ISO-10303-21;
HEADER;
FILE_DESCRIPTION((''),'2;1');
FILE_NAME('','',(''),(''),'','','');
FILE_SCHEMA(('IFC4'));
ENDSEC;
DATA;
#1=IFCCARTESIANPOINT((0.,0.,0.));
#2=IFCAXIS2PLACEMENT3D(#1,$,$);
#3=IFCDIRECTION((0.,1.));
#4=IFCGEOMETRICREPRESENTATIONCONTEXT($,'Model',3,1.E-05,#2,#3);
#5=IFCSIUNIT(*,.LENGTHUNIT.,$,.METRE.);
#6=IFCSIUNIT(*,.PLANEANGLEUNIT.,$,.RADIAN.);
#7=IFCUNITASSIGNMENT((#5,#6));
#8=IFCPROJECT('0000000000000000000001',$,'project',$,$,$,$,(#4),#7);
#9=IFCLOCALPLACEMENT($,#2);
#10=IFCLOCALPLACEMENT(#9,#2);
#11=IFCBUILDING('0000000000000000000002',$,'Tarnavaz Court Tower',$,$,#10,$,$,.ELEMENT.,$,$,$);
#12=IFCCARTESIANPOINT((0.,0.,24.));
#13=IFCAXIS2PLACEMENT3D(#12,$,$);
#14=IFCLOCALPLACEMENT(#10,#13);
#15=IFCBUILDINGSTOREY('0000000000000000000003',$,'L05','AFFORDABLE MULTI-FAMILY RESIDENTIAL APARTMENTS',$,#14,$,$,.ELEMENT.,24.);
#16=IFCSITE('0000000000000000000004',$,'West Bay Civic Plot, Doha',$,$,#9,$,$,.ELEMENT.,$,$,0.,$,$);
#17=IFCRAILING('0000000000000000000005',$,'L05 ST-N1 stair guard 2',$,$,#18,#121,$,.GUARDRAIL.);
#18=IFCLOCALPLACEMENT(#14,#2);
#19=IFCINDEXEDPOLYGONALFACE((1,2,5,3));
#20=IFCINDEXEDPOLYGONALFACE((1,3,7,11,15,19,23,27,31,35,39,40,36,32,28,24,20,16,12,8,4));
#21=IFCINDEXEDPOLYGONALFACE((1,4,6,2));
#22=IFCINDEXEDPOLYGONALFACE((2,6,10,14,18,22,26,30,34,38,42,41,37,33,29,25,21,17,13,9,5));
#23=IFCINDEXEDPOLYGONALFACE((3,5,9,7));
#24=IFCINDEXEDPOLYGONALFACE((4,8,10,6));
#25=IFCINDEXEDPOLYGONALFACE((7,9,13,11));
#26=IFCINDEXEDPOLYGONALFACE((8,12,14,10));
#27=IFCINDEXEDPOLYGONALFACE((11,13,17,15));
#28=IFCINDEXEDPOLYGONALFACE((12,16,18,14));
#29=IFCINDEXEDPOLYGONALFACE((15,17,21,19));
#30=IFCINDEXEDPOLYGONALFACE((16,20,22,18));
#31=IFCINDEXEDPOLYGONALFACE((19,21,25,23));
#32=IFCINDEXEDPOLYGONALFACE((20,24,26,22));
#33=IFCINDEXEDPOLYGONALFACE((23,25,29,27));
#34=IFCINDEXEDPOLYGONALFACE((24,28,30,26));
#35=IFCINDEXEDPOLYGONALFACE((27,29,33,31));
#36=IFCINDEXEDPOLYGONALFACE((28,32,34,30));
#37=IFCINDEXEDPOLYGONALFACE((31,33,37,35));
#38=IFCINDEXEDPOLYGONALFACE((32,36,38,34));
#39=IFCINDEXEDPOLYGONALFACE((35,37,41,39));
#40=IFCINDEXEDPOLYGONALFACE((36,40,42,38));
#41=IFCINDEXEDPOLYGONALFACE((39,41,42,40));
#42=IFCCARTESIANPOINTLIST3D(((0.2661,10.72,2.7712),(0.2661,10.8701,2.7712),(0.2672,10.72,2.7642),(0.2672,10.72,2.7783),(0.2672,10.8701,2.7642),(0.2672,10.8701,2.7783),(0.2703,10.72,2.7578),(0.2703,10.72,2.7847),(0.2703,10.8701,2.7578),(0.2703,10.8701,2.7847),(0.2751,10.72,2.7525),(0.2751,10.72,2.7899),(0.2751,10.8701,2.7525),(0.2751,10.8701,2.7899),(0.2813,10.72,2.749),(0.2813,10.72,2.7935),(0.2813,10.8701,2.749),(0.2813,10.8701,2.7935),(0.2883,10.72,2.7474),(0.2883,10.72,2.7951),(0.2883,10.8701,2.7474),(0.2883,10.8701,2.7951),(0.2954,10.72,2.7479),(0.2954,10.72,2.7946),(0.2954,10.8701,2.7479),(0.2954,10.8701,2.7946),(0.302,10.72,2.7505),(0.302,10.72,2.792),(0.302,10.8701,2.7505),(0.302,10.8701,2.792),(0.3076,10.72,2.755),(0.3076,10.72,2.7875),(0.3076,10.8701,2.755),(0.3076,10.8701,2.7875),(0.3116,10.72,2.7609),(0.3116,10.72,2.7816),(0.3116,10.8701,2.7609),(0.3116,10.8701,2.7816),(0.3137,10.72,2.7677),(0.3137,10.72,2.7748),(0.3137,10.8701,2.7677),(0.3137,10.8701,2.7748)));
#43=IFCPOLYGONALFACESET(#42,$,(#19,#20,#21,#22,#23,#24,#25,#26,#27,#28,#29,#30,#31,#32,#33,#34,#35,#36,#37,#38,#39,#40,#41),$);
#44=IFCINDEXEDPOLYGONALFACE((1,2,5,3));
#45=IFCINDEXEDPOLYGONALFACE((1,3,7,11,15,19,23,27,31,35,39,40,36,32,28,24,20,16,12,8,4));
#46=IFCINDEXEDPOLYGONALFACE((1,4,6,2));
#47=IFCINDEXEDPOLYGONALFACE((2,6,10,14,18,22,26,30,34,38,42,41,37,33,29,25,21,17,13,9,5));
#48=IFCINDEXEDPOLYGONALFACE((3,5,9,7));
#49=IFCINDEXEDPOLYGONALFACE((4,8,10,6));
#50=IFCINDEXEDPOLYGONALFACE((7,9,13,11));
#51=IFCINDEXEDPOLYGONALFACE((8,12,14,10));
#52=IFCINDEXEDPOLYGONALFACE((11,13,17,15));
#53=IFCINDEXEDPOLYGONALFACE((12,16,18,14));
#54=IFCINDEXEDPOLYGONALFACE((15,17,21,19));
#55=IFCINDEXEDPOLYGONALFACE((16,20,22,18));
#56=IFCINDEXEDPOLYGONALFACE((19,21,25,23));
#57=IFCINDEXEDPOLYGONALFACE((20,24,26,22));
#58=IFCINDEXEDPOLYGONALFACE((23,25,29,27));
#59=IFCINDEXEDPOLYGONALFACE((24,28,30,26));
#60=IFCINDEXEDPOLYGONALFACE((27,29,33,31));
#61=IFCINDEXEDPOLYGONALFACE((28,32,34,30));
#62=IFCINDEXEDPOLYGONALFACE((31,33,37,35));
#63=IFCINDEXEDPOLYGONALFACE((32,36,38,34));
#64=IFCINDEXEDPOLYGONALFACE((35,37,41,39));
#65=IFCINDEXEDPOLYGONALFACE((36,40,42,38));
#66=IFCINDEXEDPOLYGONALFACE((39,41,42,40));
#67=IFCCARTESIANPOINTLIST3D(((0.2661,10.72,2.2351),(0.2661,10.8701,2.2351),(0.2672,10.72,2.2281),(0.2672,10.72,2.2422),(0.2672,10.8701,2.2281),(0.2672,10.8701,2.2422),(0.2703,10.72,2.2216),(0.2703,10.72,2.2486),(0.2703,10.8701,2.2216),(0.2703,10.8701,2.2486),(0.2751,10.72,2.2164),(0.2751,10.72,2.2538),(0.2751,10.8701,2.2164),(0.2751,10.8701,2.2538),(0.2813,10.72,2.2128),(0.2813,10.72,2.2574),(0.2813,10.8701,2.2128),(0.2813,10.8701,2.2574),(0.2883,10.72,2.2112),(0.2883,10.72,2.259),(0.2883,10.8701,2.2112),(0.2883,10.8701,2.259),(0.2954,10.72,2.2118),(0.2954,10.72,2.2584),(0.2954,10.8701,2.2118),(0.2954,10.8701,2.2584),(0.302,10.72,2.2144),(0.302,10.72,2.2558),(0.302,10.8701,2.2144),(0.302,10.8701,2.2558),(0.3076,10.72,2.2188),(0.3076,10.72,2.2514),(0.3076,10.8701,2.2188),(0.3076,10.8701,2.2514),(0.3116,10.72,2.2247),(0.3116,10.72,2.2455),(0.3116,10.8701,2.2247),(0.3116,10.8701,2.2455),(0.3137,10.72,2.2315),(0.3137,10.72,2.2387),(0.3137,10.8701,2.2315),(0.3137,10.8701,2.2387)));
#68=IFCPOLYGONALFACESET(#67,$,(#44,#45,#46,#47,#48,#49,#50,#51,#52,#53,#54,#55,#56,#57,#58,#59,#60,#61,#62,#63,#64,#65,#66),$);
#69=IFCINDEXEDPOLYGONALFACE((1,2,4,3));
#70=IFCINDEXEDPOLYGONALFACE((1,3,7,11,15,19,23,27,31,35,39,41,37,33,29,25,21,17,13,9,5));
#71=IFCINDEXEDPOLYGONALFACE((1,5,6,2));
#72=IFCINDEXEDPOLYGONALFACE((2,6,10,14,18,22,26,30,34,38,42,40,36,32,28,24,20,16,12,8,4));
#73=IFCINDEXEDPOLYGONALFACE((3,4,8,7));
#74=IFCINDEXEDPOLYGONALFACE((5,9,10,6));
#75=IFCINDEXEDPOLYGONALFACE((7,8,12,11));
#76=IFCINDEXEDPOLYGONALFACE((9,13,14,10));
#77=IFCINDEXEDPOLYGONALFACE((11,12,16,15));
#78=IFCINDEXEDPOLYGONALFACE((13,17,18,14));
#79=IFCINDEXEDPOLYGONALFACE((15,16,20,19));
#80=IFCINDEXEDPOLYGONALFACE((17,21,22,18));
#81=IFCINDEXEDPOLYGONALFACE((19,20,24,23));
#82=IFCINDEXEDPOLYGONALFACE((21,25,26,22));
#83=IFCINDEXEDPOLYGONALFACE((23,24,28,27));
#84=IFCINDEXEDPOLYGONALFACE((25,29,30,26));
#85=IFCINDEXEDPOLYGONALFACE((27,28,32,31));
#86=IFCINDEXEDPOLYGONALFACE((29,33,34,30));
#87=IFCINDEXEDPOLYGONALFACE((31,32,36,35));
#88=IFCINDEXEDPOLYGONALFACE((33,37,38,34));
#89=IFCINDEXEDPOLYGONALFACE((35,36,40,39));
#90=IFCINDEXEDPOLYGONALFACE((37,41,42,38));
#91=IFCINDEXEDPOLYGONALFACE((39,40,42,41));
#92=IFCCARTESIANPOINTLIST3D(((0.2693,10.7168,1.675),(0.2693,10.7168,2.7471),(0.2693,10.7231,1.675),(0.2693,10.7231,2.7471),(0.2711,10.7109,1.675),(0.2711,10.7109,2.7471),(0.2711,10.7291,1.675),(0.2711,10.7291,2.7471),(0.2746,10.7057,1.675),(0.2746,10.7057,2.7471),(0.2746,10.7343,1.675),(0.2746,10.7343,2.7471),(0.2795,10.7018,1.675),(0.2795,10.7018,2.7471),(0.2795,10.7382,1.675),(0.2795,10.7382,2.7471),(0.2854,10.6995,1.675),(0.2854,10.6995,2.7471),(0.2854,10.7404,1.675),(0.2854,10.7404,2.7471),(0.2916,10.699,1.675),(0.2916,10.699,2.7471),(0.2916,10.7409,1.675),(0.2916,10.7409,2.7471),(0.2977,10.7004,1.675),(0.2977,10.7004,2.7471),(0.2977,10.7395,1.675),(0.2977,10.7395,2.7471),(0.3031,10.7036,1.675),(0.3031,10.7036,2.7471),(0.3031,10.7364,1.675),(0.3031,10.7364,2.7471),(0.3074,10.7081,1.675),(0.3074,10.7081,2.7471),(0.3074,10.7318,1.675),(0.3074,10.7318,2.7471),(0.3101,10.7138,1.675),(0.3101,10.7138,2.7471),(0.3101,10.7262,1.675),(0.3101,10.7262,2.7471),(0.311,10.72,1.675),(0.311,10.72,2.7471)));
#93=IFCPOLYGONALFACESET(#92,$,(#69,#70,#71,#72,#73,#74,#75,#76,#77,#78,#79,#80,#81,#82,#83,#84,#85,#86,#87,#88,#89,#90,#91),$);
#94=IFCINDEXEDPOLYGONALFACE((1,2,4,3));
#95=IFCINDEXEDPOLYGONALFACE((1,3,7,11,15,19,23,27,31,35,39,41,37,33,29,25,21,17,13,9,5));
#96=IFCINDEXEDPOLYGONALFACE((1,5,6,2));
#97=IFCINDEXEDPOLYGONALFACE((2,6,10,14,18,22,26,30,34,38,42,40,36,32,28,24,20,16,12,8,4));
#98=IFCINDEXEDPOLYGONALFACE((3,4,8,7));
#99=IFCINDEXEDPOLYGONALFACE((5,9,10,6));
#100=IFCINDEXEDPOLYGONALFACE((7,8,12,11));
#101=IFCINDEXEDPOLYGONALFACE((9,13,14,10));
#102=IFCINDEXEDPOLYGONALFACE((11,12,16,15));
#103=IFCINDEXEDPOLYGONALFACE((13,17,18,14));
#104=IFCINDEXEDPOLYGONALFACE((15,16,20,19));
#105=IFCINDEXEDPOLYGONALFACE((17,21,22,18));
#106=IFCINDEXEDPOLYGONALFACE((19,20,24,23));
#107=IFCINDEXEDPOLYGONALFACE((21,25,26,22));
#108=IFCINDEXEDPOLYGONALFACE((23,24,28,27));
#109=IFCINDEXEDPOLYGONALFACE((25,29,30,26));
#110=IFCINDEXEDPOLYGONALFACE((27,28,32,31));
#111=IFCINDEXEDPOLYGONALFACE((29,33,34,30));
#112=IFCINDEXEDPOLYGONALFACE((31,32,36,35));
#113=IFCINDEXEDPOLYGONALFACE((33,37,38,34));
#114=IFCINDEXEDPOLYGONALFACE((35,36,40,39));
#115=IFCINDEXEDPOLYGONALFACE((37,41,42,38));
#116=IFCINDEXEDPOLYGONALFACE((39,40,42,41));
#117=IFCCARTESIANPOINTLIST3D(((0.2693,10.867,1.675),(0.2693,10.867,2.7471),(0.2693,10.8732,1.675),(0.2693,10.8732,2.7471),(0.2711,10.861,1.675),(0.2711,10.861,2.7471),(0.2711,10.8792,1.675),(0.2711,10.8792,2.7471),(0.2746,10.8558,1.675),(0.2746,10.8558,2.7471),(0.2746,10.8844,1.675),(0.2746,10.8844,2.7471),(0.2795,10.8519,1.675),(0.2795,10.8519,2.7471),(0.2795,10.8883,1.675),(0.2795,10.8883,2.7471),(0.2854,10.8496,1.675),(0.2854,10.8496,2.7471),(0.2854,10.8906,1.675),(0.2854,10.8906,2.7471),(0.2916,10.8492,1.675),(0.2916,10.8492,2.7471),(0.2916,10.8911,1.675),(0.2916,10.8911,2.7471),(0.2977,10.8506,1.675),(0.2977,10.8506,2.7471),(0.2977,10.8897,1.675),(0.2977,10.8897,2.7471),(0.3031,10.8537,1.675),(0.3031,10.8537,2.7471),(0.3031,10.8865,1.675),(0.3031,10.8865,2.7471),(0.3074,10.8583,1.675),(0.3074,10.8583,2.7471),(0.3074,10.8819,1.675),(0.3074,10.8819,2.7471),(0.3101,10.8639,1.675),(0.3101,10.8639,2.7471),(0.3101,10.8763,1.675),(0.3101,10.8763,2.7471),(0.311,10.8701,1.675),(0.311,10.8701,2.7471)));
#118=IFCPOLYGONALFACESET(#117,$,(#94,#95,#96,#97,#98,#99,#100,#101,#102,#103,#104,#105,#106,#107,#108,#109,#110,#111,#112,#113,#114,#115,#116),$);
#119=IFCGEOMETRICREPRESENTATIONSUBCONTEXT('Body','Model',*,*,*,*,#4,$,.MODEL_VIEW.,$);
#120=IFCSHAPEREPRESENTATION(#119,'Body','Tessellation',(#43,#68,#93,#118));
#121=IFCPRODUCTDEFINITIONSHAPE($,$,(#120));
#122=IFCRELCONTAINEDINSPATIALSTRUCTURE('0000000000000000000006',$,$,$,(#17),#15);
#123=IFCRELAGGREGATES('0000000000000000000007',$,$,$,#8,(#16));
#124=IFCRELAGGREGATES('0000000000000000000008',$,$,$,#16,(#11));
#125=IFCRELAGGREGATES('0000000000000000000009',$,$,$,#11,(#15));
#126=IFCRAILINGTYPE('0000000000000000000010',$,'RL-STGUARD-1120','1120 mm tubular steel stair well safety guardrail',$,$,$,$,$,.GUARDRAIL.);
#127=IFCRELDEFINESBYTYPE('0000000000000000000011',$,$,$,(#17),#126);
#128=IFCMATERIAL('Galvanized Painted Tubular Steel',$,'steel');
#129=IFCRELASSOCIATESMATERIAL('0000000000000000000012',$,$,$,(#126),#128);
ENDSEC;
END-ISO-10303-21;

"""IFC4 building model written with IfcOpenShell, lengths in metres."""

from ifc_helpers import new_model, si_unit, direction, frame, origin, origin_2d, place, context, subcontext, project, spatial, circle, extrude, material, type_object, element, save


model = new_model("IFC4")

# Units and contexts
model_context = context("Model", 3, precision=1e-05, world=origin(), true_north=direction((0.0, 1.0)))
body_context = subcontext(model_context, "Body", "Model", "MODEL_VIEW")
ifc_project = project(units=[si_unit("LENGTHUNIT", "METRE"), si_unit("PLANEANGLEUNIT", "RADIAN")], contexts=[model_context])

# Site, building, storey
site_placement = place(None, origin())
site = spatial("IfcSite", under=ifc_project, at=site_placement, Name="West Bay Civic Plot, Doha", CompositionType="ELEMENT", RefElevation=0.0)
building_placement = place(site_placement, origin())
building = spatial("IfcBuilding", under=site, at=building_placement, Name="Tarnavaz Court Tower", CompositionType="ELEMENT")
storey_placement = place(building_placement, frame((0.0, 0.0, 24.0)))
storey = spatial("IfcBuildingStorey", under=building, at=storey_placement, Name="L05", Description="AFFORDABLE MULTI-FAMILY RESIDENTIAL APARTMENTS", CompositionType="ELEMENT", Elevation=24.0)

# Railing
ifc_material_1 = material(Name="Galvanized Painted Tubular Steel", Category="steel")
railing_type_1 = type_object("IfcRailingType", Name="RL-STGUARD-1120", Description="1120 mm tubular steel stair well safety guardrail", PredefinedType="GUARDRAIL", material=ifc_material_1)
railing_1_placement = place(storey_placement, frame((0.29, 10.72, 1.675)))
element("IfcRailing", 1, at=railing_1_placement, inside=storey, type_object=railing_type_1, Name="L05 ST-N1 stair guard 2", PredefinedType="GUARDRAIL", context=body_context, shape_type="SweptSolid", body=[
    extrude(circle(Radius=0.0239, at=origin_2d()), frame((0.0, 0.0, 1.0962), z_axis=(0.0, 1.0, 0.0), x_axis=(-1.0, 0.0, 0.0)), (0.0, 0.0, 1.0), 0.1501),
    extrude(circle(Radius=0.0239, at=origin_2d()), frame((0.0, 0.0, 0.5601), z_axis=(0.0, 1.0, 0.0), x_axis=(-1.0, 0.0, 0.0)), (0.0, 0.0, 1.0), 0.1501),
    extrude(circle(Radius=0.021, at=origin_2d()), origin(), (0.0, 0.0, 1.0), 1.072),
    extrude(circle(Radius=0.021, at=origin_2d()), frame((0.0, 0.1501, 0.0)), (0.0, 0.0, 1.0), 1.072),
])

save(model, "model.ifc")
